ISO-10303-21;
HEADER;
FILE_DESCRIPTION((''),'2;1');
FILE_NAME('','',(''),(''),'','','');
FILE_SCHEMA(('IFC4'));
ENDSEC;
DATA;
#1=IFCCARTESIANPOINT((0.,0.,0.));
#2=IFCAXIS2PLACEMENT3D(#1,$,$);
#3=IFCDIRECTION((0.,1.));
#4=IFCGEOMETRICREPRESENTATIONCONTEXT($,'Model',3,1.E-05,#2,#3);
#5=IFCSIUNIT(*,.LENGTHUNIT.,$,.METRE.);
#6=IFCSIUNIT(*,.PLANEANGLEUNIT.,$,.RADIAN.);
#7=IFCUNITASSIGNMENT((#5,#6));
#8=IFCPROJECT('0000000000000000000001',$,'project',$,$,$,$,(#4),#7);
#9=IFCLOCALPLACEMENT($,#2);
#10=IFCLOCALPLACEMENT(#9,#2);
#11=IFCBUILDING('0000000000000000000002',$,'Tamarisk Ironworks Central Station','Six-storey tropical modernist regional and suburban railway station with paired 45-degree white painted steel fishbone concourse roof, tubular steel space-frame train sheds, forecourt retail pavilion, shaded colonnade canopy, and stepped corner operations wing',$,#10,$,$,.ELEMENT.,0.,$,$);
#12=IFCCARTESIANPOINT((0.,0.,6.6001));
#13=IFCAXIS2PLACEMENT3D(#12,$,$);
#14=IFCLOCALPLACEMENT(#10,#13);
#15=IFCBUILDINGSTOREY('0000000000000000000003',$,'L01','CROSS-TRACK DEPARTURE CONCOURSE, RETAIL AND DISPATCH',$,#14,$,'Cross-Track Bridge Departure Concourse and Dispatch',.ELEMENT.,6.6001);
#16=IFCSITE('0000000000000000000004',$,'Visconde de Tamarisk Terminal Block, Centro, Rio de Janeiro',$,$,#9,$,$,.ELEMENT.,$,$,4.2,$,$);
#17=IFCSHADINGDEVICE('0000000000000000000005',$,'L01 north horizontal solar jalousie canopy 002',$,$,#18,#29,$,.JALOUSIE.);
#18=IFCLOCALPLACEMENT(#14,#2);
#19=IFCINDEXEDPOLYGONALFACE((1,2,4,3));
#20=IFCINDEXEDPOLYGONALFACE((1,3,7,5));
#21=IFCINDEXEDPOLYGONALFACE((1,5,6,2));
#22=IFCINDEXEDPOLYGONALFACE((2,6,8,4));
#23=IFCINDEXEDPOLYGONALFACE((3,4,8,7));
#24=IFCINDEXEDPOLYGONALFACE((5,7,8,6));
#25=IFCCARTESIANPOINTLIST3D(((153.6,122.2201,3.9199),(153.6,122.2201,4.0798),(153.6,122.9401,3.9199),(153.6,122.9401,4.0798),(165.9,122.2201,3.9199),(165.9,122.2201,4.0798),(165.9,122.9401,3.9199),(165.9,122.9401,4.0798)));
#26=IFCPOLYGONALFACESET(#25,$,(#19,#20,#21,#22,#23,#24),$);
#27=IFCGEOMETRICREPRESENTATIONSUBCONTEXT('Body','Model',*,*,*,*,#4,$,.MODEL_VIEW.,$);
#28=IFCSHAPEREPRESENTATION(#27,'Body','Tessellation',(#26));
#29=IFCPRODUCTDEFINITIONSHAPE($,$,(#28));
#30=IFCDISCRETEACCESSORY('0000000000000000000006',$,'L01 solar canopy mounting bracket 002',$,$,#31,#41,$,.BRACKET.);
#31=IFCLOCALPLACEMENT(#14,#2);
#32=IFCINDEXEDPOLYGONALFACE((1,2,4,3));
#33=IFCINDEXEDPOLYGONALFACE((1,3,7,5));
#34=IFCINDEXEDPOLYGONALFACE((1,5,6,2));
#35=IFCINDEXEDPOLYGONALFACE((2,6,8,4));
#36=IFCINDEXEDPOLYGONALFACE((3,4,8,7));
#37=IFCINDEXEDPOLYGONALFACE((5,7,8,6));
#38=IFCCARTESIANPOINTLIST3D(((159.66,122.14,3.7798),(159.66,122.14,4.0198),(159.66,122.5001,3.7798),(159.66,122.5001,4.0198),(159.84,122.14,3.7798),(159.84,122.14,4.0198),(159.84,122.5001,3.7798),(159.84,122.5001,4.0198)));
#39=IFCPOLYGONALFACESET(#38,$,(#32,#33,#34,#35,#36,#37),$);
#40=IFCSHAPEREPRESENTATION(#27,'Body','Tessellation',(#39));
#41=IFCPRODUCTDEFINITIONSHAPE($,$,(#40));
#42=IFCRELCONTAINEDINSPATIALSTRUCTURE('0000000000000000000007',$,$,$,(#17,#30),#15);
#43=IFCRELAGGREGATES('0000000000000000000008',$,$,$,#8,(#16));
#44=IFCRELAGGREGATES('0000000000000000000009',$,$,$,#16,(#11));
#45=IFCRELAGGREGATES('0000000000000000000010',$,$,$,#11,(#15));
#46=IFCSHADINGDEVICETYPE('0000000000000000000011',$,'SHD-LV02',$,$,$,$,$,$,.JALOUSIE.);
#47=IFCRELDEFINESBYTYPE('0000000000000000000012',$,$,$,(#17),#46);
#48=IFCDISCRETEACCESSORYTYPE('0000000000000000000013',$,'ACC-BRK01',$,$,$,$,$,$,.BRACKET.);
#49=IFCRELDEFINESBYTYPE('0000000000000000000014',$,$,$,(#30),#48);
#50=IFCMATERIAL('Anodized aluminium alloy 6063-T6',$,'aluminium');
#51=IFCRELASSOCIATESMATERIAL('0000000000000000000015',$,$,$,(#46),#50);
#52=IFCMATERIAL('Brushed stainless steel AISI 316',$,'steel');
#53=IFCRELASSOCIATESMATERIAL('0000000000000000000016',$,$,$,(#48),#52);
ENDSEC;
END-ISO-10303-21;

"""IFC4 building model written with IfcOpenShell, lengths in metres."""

from ifc_helpers import new_model, si_unit, direction, frame, origin, origin_2d, place, context, subcontext, project, spatial, rectangle, extrude, material, type_object, element, save


model = new_model("IFC4")

# Units and contexts
model_context = context("Model", 3, precision=1e-05, world=origin(), true_north=direction((0.0, 1.0)))
body_context = subcontext(model_context, "Body", "Model", "MODEL_VIEW")
ifc_project = project(units=[si_unit("LENGTHUNIT", "METRE"), si_unit("PLANEANGLEUNIT", "RADIAN")], contexts=[model_context])

# Site, building, storey
site_placement = place(None, origin())
site = spatial("IfcSite", under=ifc_project, at=site_placement, Name="Visconde de Tamarisk Terminal Block, Centro, Rio de Janeiro", CompositionType="ELEMENT", RefElevation=4.2)
building_placement = place(site_placement, origin())
building = spatial("IfcBuilding", under=site, at=building_placement, Name="Tamarisk Ironworks Central Station", Description="Six-storey tropical modernist regional and suburban railway station with paired 45-degree white painted steel fishbone concourse roof, tubular steel space-frame train sheds, forecourt retail pavilion, shaded colonnade canopy, and stepped corner operations wing", CompositionType="ELEMENT", ElevationOfRefHeight=0.0)
storey_placement = place(building_placement, frame((0.0, 0.0, 6.6001)))
storey = spatial("IfcBuildingStorey", under=building, at=storey_placement, Name="L01", Description="CROSS-TRACK DEPARTURE CONCOURSE, RETAIL AND DISPATCH", LongName="Cross-Track Bridge Departure Concourse and Dispatch", CompositionType="ELEMENT", Elevation=6.6001)

# Shared definitions
ifc_material_1 = material(Name="Anodized aluminium alloy 6063-T6", Category="aluminium")

# Shading device
shading_device_type = type_object("IfcShadingDeviceType", Name="SHD-LV02", PredefinedType="JALOUSIE", material=ifc_material_1)
shading_device_placement = place(storey_placement, frame((159.75, 122.5801, 3.9199), z_axis=(0.0, 0.0, 1.0), x_axis=(1.0, 0.0, 0.0)))
element("IfcShadingDevice", 1, at=shading_device_placement, inside=storey, type_object=shading_device_type, Name="L01 north horizontal solar jalousie canopy 002", PredefinedType="JALOUSIE", context=body_context, shape_type="SweptSolid", body=[
    extrude(rectangle(XDim=12.3, YDim=0.72, at=origin_2d()), origin(), (0.0, 0.0, 1.0), 0.1599),
])

# Discrete accessory
ifc_material_2 = material(Name="Brushed stainless steel AISI 316", Category="steel")
discrete_accessory_type = type_object("IfcDiscreteAccessoryType", Name="ACC-BRK01", PredefinedType="BRACKET", material=ifc_material_2)
discrete_accessory_placement = place(storey_placement, frame((159.75, 122.3201, 3.7798), z_axis=(0.0, 0.0, 1.0), x_axis=(1.0, 0.0, 0.0)))
element("IfcDiscreteAccessory", 2, at=discrete_accessory_placement, inside=storey, type_object=discrete_accessory_type, Name="L01 solar canopy mounting bracket 002", PredefinedType="BRACKET", context=body_context, shape_type="SweptSolid", body=[
    extrude(rectangle(XDim=0.1799, YDim=0.3601, at=origin_2d()), origin(), (0.0, 0.0, 1.0), 0.24),
])

save(model, "model.ifc")
